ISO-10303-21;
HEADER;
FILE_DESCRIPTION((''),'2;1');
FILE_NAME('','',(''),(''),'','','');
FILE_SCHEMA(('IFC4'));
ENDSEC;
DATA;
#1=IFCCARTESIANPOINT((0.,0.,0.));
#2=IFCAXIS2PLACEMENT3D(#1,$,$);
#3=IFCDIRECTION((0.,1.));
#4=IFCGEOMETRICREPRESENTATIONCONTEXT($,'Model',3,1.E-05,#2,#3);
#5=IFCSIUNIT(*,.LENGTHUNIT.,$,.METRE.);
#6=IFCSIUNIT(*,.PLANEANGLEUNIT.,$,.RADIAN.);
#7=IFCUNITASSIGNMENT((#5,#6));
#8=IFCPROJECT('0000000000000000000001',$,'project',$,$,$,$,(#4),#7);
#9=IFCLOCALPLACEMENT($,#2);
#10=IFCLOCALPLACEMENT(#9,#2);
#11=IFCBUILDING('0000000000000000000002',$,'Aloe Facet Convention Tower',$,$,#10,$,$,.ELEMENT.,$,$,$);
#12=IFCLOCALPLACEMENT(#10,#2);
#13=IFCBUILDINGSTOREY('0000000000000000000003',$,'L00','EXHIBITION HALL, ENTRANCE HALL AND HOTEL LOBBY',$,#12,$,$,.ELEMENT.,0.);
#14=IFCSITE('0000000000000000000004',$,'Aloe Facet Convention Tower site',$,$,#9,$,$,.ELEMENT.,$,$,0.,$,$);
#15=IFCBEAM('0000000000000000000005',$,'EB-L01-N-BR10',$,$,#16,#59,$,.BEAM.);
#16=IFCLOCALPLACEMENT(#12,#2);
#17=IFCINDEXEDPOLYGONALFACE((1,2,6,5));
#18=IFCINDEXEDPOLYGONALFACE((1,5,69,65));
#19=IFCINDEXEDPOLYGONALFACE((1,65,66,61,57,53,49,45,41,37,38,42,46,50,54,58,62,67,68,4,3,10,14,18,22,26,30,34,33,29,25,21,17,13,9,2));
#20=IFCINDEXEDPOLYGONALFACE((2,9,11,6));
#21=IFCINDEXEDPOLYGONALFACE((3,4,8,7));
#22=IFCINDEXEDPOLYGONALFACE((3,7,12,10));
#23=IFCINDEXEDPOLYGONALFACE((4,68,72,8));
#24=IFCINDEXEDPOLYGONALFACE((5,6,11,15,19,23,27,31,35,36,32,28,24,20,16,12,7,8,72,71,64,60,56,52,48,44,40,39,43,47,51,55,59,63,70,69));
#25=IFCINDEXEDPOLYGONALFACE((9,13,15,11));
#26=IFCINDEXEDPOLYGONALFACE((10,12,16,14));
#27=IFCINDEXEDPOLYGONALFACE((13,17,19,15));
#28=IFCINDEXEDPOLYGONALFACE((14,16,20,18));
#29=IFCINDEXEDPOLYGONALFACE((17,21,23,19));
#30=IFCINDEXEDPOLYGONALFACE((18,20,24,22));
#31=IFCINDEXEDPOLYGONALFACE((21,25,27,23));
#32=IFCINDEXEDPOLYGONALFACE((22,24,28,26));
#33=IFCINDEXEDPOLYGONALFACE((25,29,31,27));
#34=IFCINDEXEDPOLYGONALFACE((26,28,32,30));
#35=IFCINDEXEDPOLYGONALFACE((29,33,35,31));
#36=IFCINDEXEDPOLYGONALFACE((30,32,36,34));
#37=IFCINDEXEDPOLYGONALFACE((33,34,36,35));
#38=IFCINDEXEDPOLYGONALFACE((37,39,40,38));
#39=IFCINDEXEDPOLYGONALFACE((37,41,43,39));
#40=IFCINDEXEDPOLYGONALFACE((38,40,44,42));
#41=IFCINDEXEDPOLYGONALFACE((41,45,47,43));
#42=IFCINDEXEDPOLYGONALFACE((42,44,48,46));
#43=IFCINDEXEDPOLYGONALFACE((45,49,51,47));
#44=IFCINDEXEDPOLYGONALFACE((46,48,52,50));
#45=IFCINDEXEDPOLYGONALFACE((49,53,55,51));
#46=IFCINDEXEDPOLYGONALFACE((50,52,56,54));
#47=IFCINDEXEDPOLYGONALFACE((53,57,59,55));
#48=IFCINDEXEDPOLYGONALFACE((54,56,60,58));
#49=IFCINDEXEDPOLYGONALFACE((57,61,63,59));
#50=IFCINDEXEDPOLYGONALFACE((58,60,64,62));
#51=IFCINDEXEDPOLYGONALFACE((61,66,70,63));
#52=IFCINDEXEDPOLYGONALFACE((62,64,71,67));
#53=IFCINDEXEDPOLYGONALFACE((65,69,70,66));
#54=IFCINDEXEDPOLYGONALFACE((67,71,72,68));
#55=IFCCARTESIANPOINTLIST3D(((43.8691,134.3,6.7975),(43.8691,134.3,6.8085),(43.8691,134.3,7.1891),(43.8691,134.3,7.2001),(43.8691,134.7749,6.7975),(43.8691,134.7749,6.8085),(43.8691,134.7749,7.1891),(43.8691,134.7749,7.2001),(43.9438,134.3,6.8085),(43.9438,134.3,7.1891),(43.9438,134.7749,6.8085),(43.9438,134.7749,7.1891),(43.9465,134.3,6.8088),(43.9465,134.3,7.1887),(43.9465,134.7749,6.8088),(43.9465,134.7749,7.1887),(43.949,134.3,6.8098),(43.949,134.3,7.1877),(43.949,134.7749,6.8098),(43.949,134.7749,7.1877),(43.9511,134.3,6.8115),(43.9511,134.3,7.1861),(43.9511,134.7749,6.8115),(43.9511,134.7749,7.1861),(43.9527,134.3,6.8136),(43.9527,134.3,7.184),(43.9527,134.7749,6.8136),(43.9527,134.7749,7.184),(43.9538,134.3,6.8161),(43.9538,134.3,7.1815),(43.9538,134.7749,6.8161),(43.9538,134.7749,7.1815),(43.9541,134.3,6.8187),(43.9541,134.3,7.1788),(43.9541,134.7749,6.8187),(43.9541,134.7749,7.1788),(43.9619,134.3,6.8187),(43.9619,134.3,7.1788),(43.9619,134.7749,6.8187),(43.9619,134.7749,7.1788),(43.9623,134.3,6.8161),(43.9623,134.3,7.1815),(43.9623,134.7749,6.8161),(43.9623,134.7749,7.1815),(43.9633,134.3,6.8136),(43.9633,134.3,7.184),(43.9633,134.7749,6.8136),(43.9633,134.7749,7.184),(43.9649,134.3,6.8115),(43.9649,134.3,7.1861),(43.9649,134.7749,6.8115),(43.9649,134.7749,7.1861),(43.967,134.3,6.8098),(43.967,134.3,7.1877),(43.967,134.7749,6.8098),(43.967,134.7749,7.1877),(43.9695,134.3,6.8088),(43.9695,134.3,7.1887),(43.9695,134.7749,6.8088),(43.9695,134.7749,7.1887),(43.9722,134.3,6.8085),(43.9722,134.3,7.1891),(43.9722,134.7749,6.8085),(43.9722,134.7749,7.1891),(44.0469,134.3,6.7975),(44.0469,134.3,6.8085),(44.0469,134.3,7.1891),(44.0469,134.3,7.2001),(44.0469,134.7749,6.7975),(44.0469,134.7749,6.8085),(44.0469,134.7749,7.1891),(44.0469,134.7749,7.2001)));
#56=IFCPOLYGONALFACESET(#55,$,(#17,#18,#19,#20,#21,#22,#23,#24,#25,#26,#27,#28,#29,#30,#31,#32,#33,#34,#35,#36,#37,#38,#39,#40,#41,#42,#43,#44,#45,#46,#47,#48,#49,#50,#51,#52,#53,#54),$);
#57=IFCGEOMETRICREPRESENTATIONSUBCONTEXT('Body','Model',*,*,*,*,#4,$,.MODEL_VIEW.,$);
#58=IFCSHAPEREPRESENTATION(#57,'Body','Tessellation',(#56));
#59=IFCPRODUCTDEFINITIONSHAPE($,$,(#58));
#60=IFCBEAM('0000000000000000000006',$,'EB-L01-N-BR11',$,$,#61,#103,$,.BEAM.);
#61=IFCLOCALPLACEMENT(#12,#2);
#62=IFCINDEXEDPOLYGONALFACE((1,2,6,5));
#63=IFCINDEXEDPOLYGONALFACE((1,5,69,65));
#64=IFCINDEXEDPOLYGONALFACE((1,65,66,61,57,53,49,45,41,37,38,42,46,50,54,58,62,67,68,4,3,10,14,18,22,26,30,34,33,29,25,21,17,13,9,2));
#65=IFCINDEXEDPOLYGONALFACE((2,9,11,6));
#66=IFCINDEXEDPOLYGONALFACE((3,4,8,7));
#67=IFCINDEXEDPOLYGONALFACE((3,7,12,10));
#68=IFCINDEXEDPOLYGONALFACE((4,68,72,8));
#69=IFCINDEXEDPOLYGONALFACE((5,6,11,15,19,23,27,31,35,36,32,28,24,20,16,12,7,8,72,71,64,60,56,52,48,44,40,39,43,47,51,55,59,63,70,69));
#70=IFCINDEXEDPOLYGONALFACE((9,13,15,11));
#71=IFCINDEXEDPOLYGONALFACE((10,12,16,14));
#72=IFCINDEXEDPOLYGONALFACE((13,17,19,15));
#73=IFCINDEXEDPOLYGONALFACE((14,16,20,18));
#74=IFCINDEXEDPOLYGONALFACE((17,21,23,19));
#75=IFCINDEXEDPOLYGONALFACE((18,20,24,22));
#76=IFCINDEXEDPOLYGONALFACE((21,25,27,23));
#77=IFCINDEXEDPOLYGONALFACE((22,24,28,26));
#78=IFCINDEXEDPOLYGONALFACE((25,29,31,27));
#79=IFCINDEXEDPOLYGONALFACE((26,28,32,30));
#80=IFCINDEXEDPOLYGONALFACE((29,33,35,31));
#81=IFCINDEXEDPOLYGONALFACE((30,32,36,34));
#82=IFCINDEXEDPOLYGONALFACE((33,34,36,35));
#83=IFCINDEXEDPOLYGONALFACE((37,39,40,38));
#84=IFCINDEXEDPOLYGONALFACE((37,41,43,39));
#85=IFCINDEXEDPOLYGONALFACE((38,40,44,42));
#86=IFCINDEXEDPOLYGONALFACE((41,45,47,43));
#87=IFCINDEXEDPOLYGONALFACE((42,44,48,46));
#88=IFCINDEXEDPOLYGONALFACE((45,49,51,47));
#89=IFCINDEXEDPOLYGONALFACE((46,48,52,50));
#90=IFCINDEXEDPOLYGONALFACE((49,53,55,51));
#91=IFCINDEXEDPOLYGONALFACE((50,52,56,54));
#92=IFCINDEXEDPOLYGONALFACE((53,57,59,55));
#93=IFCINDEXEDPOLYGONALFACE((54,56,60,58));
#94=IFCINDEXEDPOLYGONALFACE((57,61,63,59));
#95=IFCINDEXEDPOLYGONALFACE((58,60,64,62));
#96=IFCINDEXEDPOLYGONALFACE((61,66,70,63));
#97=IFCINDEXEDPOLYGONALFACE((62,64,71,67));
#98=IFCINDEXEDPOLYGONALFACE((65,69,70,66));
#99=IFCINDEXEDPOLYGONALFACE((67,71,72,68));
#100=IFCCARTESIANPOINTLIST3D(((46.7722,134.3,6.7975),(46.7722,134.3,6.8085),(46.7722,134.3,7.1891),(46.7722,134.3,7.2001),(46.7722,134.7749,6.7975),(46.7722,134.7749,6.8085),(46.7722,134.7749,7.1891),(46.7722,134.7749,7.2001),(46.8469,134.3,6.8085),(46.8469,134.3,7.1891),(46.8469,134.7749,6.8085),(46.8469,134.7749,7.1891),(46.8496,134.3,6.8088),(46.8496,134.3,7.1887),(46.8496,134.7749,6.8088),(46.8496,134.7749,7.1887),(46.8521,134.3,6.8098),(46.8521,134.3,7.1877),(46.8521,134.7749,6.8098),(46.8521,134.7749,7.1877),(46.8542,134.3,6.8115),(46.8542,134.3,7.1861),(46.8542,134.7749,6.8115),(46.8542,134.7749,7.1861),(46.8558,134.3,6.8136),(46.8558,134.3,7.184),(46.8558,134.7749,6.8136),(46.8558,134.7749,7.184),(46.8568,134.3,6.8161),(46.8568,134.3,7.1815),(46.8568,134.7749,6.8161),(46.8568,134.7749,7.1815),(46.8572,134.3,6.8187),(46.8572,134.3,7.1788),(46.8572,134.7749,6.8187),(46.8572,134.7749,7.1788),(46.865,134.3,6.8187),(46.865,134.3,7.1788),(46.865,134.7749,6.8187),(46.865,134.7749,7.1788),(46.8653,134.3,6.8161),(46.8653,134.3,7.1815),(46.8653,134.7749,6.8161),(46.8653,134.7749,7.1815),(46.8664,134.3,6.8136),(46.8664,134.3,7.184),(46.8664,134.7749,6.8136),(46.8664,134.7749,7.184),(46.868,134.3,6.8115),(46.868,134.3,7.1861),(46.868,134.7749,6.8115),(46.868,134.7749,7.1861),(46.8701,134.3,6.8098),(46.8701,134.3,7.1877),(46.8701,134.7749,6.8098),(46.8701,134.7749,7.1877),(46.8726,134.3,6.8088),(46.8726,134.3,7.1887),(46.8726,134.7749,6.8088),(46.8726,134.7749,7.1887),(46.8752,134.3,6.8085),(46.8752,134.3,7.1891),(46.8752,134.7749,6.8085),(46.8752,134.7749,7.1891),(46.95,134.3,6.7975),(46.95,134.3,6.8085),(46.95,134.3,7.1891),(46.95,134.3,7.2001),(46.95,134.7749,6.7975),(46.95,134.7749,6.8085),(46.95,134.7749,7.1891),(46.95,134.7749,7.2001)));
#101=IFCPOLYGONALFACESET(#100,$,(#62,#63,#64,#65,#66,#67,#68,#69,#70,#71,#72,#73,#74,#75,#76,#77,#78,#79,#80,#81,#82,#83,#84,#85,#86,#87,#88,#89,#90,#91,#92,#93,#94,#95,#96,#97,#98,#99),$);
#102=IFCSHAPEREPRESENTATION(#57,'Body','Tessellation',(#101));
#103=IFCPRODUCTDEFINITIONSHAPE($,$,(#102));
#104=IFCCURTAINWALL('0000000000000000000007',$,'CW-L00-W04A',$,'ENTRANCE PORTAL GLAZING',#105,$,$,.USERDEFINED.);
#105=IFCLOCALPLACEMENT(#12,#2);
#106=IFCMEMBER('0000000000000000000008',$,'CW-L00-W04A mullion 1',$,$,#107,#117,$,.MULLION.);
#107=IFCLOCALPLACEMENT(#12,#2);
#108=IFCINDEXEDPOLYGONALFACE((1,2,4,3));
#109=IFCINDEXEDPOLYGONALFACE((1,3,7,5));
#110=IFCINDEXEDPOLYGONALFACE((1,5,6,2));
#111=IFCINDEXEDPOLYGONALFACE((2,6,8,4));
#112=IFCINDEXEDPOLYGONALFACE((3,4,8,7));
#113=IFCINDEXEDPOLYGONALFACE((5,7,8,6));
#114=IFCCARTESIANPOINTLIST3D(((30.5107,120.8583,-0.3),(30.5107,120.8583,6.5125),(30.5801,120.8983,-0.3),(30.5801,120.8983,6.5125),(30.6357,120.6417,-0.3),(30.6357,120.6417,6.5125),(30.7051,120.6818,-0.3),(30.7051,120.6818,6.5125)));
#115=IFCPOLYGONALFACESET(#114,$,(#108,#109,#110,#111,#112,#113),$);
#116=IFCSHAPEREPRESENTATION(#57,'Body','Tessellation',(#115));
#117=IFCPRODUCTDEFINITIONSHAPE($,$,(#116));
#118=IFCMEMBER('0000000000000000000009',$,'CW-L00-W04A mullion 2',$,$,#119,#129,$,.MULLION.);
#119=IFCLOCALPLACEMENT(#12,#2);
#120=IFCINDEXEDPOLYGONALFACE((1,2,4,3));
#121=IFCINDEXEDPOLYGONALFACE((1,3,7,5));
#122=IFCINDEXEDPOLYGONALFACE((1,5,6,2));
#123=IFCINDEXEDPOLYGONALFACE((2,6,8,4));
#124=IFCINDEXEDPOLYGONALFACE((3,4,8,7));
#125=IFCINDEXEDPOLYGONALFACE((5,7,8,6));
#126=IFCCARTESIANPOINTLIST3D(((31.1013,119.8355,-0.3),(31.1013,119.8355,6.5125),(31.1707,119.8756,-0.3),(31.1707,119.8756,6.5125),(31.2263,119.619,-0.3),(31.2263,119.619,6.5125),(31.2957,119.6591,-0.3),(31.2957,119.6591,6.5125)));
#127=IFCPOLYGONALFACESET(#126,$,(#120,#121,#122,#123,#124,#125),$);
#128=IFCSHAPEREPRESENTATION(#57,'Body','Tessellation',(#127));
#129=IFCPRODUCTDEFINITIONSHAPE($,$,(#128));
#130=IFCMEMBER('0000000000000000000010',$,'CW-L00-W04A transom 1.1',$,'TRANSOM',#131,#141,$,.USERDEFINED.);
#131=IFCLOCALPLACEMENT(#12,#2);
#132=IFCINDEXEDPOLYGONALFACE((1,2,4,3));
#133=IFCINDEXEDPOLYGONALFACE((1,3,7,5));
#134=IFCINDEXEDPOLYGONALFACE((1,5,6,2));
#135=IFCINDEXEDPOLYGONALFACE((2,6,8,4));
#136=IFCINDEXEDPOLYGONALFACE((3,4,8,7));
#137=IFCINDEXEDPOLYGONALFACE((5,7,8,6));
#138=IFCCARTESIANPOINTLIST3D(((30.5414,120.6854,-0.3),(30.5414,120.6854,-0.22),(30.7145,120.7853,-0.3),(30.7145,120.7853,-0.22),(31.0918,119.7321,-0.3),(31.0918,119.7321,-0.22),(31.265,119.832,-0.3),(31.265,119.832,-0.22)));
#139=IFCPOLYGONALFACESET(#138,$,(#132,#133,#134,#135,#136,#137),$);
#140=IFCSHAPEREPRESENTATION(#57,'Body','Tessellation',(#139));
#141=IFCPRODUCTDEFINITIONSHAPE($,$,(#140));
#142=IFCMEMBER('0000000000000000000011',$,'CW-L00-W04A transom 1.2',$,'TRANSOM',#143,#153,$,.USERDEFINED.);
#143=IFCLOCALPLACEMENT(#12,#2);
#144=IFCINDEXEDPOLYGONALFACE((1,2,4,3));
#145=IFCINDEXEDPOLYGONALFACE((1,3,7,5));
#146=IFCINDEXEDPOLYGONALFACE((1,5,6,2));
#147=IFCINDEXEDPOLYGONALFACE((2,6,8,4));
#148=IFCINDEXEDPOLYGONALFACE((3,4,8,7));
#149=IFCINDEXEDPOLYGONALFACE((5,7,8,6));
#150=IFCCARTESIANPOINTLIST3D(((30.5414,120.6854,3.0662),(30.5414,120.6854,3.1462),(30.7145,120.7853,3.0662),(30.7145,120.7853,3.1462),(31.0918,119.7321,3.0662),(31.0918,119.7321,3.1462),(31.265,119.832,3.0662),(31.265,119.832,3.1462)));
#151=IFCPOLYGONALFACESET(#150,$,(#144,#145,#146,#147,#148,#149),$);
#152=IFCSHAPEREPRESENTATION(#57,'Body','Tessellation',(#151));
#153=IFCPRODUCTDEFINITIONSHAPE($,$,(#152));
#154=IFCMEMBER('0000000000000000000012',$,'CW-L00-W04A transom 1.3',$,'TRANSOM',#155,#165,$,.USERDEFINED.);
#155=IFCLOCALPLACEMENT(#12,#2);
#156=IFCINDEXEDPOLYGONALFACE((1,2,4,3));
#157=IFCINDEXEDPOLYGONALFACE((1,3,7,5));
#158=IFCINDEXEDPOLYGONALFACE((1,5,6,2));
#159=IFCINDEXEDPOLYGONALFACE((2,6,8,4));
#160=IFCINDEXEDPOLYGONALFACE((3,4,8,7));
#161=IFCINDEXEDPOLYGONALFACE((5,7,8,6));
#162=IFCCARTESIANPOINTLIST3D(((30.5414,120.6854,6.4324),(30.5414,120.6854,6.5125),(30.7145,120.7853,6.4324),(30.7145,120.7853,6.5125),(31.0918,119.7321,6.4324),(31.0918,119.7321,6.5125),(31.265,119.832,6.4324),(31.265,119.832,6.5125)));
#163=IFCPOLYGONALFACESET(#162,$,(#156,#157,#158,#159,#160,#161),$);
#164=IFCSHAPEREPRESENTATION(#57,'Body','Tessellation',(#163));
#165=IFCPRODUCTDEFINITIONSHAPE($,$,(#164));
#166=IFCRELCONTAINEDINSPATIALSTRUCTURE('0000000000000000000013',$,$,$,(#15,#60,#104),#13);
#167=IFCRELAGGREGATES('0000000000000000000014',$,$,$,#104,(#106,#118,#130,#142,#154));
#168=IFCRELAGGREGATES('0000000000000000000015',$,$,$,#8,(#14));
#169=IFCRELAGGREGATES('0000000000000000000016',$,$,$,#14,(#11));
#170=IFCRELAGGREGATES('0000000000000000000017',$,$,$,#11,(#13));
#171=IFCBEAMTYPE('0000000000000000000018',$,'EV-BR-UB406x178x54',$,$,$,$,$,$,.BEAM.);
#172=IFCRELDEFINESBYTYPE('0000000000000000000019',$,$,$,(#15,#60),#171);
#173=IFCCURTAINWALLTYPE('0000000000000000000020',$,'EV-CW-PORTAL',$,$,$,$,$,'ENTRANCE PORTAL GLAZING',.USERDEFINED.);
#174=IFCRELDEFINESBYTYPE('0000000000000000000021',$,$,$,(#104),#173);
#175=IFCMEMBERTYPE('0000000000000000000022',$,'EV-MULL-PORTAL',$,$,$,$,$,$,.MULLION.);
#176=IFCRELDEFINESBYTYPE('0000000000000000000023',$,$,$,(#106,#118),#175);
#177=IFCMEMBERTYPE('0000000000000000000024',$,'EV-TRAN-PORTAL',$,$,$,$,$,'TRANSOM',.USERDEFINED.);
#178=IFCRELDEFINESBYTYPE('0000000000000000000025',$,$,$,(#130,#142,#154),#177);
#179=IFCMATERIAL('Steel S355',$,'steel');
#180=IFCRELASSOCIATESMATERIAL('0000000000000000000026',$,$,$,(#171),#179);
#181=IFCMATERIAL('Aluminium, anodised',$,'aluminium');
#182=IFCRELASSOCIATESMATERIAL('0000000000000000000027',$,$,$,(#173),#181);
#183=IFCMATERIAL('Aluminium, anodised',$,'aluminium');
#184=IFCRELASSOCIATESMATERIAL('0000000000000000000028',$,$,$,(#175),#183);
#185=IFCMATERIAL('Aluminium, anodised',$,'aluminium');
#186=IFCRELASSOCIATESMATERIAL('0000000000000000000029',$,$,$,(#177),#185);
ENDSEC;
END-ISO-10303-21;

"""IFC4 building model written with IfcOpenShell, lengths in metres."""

from ifc_helpers import new_model, si_unit, direction, frame, origin, origin_2d, place, context, subcontext, project, spatial, rectangle, i_section, extrude, material, material_profile, profile_set, type_object, element, aggregate, save


model = new_model("IFC4")

# Units and contexts
model_context = context("Model", 3, precision=1e-05, world=origin(), true_north=direction((0.0, 1.0)))
body_context = subcontext(model_context, "Body", "Model", "MODEL_VIEW")
ifc_project = project(units=[si_unit("LENGTHUNIT", "METRE"), si_unit("PLANEANGLEUNIT", "RADIAN")], contexts=[model_context])

# Site, building, storey
site_placement = place(None, origin())
site = spatial("IfcSite", under=ifc_project, at=site_placement, Name="Aloe Facet Convention Tower site", CompositionType="ELEMENT", RefElevation=0.0)
building_placement = place(site_placement, origin())
building = spatial("IfcBuilding", under=site, at=building_placement, Name="Aloe Facet Convention Tower", CompositionType="ELEMENT")
storey_placement = place(building_placement, origin())
storey = spatial("IfcBuildingStorey", under=building, at=storey_placement, Name="L00", Description="EXHIBITION HALL, ENTRANCE HALL AND HOTEL LOBBY", CompositionType="ELEMENT", Elevation=0.0)

# Beams
ifc_material_1 = material(Name="Steel S355", Category="steel")
ifc_material_profile_1 = material_profile(ifc_material_1, i_section(OverallWidth=0.1777, OverallDepth=0.4026, WebThickness=0.0078, FlangeThickness=0.011, FilletRadius=0.0103, at=origin_2d()), Name="UB 406x178x54")
ifc_profile_set_1 = profile_set([ifc_material_profile_1], Name="Steel S355")
beam_type_1 = type_object("IfcBeamType", Name="EV-BR-UB406x178x54", PredefinedType="BEAM", material=ifc_profile_set_1)
for number, where, z_axis, x_axis, name in (
    (1, (43.958, 134.3, 6.9988), (0.0, 1.0, 0.0), (-1.0, 0.0, 0.0), "EB-L01-N-BR10"),
    (2, (46.8611, 134.3, 6.9988), (0.0, 1.0, 0.0), (-1.0, 0.0, 0.0), "EB-L01-N-BR11"),
):
    element("IfcBeam", number, at=place(storey_placement, frame(where, z_axis=z_axis, x_axis=x_axis)), inside=storey, type_object=beam_type_1, Name=name, PredefinedType="BEAM", context=body_context, shape_type="SweptSolid", body=[
        extrude(i_section(OverallWidth=0.1777, OverallDepth=0.4026, WebThickness=0.0078, FlangeThickness=0.011, FilletRadius=0.0103, at=origin_2d()), origin(), (0.0, 0.0, 1.0), 0.4749),
    ])

# Curtain wall, members
ifc_material_2 = material(Name="Aluminium, anodised", Category="aluminium")
curtain_wall_type = type_object("IfcCurtainWallType", Name="EV-CW-PORTAL", ElementType="ENTRANCE PORTAL GLAZING", PredefinedType="USERDEFINED", material=ifc_material_2)
curtain_wall_placement = place(storey_placement, origin())
curtain_wall = element("IfcCurtainWall", 3, at=curtain_wall_placement, inside=storey, type_object=curtain_wall_type, Name="CW-L00-W04A", ObjectType="ENTRANCE PORTAL GLAZING", PredefinedType="USERDEFINED")
ifc_material_3 = material(Name="Aluminium, anodised", Category="aluminium")
ifc_material_profile_2 = material_profile(ifc_material_3, rectangle(XDim=0.0801, YDim=0.25, at=origin_2d()), Name="AL 80x250")
ifc_profile_set_2 = profile_set([ifc_material_profile_2], Name="Aluminium, anodised")
member_type_1 = type_object("IfcMemberType", Name="EV-MULL-PORTAL", PredefinedType="MULLION", material=ifc_profile_set_2)
member_1_placement = place(storey_placement, frame((30.6079, 120.77, -0.3), z_axis=(0.0, 0.0, 1.0), x_axis=(0.866025, 0.5, 0.0)))
member_1 = element("IfcMember", 4, at=member_1_placement, type_object=member_type_1, Name="CW-L00-W04A mullion 1", PredefinedType="MULLION", context=body_context, shape_type="SweptSolid", body=[
    extrude(rectangle(XDim=0.0801, YDim=0.25, at=origin_2d()), origin(), (0.0, 0.0, 1.0), 6.8125),
])
member_2_placement = place(storey_placement, frame((31.1985, 119.7473, -0.3), z_axis=(0.0, 0.0, 1.0), x_axis=(0.866025, 0.5, 0.0)))
member_2 = element("IfcMember", 5, at=member_2_placement, type_object=member_type_1, Name="CW-L00-W04A mullion 2", PredefinedType="MULLION", context=body_context, shape_type="SweptSolid", body=[
    extrude(rectangle(XDim=0.0801, YDim=0.25, at=origin_2d()), origin(), (0.0, 0.0, 1.0), 6.8125),
])
ifc_material_4 = material(Name="Aluminium, anodised", Category="aluminium")
ifc_material_profile_3 = material_profile(ifc_material_4, rectangle(XDim=0.2, YDim=0.0801, at=origin_2d()), Name="AL 200x80")
ifc_profile_set_3 = profile_set([ifc_material_profile_3], Name="Aluminium, anodised")
member_type_2 = type_object("IfcMemberType", Name="EV-TRAN-PORTAL", ElementType="TRANSOM", PredefinedType="USERDEFINED", material=ifc_profile_set_3)
member_3_placement = place(storey_placement, frame((30.6279, 120.7354, -0.26), z_axis=(0.500074, -0.865982, 0.0), x_axis=(0.865982, 0.500074, 0.0)))
member_3 = element("IfcMember", 6, at=member_3_placement, type_object=member_type_2, Name="CW-L00-W04A transom 1.1", ObjectType="TRANSOM", PredefinedType="USERDEFINED", context=body_context, shape_type="SweptSolid", body=[
    extrude(rectangle(XDim=0.2, YDim=0.0801, at=origin_2d()), origin(), (0.0, 0.0, 1.0), 1.1008),
])
member_4_placement = place(storey_placement, frame((30.6279, 120.7354, 3.1062), z_axis=(0.500074, -0.865982, 0.0), x_axis=(0.865982, 0.500074, 0.0)))
member_4 = element("IfcMember", 7, at=member_4_placement, type_object=member_type_2, Name="CW-L00-W04A transom 1.2", ObjectType="TRANSOM", PredefinedType="USERDEFINED", context=body_context, shape_type="SweptSolid", body=[
    extrude(rectangle(XDim=0.2, YDim=0.0801, at=origin_2d()), origin(), (0.0, 0.0, 1.0), 1.1008),
])
member_5_placement = place(storey_placement, frame((30.6279, 120.7354, 6.4724), z_axis=(0.500074, -0.865982, 0.0), x_axis=(0.865982, 0.500074, 0.0)))
member_5 = element("IfcMember", 8, at=member_5_placement, type_object=member_type_2, Name="CW-L00-W04A transom 1.3", ObjectType="TRANSOM", PredefinedType="USERDEFINED", context=body_context, shape_type="SweptSolid", body=[
    extrude(rectangle(XDim=0.2, YDim=0.0801, at=origin_2d()), origin(), (0.0, 0.0, 1.0), 1.1008),
])

aggregate(curtain_wall, [member_1, member_2, member_3, member_4, member_5])

save(model, "model.ifc")
